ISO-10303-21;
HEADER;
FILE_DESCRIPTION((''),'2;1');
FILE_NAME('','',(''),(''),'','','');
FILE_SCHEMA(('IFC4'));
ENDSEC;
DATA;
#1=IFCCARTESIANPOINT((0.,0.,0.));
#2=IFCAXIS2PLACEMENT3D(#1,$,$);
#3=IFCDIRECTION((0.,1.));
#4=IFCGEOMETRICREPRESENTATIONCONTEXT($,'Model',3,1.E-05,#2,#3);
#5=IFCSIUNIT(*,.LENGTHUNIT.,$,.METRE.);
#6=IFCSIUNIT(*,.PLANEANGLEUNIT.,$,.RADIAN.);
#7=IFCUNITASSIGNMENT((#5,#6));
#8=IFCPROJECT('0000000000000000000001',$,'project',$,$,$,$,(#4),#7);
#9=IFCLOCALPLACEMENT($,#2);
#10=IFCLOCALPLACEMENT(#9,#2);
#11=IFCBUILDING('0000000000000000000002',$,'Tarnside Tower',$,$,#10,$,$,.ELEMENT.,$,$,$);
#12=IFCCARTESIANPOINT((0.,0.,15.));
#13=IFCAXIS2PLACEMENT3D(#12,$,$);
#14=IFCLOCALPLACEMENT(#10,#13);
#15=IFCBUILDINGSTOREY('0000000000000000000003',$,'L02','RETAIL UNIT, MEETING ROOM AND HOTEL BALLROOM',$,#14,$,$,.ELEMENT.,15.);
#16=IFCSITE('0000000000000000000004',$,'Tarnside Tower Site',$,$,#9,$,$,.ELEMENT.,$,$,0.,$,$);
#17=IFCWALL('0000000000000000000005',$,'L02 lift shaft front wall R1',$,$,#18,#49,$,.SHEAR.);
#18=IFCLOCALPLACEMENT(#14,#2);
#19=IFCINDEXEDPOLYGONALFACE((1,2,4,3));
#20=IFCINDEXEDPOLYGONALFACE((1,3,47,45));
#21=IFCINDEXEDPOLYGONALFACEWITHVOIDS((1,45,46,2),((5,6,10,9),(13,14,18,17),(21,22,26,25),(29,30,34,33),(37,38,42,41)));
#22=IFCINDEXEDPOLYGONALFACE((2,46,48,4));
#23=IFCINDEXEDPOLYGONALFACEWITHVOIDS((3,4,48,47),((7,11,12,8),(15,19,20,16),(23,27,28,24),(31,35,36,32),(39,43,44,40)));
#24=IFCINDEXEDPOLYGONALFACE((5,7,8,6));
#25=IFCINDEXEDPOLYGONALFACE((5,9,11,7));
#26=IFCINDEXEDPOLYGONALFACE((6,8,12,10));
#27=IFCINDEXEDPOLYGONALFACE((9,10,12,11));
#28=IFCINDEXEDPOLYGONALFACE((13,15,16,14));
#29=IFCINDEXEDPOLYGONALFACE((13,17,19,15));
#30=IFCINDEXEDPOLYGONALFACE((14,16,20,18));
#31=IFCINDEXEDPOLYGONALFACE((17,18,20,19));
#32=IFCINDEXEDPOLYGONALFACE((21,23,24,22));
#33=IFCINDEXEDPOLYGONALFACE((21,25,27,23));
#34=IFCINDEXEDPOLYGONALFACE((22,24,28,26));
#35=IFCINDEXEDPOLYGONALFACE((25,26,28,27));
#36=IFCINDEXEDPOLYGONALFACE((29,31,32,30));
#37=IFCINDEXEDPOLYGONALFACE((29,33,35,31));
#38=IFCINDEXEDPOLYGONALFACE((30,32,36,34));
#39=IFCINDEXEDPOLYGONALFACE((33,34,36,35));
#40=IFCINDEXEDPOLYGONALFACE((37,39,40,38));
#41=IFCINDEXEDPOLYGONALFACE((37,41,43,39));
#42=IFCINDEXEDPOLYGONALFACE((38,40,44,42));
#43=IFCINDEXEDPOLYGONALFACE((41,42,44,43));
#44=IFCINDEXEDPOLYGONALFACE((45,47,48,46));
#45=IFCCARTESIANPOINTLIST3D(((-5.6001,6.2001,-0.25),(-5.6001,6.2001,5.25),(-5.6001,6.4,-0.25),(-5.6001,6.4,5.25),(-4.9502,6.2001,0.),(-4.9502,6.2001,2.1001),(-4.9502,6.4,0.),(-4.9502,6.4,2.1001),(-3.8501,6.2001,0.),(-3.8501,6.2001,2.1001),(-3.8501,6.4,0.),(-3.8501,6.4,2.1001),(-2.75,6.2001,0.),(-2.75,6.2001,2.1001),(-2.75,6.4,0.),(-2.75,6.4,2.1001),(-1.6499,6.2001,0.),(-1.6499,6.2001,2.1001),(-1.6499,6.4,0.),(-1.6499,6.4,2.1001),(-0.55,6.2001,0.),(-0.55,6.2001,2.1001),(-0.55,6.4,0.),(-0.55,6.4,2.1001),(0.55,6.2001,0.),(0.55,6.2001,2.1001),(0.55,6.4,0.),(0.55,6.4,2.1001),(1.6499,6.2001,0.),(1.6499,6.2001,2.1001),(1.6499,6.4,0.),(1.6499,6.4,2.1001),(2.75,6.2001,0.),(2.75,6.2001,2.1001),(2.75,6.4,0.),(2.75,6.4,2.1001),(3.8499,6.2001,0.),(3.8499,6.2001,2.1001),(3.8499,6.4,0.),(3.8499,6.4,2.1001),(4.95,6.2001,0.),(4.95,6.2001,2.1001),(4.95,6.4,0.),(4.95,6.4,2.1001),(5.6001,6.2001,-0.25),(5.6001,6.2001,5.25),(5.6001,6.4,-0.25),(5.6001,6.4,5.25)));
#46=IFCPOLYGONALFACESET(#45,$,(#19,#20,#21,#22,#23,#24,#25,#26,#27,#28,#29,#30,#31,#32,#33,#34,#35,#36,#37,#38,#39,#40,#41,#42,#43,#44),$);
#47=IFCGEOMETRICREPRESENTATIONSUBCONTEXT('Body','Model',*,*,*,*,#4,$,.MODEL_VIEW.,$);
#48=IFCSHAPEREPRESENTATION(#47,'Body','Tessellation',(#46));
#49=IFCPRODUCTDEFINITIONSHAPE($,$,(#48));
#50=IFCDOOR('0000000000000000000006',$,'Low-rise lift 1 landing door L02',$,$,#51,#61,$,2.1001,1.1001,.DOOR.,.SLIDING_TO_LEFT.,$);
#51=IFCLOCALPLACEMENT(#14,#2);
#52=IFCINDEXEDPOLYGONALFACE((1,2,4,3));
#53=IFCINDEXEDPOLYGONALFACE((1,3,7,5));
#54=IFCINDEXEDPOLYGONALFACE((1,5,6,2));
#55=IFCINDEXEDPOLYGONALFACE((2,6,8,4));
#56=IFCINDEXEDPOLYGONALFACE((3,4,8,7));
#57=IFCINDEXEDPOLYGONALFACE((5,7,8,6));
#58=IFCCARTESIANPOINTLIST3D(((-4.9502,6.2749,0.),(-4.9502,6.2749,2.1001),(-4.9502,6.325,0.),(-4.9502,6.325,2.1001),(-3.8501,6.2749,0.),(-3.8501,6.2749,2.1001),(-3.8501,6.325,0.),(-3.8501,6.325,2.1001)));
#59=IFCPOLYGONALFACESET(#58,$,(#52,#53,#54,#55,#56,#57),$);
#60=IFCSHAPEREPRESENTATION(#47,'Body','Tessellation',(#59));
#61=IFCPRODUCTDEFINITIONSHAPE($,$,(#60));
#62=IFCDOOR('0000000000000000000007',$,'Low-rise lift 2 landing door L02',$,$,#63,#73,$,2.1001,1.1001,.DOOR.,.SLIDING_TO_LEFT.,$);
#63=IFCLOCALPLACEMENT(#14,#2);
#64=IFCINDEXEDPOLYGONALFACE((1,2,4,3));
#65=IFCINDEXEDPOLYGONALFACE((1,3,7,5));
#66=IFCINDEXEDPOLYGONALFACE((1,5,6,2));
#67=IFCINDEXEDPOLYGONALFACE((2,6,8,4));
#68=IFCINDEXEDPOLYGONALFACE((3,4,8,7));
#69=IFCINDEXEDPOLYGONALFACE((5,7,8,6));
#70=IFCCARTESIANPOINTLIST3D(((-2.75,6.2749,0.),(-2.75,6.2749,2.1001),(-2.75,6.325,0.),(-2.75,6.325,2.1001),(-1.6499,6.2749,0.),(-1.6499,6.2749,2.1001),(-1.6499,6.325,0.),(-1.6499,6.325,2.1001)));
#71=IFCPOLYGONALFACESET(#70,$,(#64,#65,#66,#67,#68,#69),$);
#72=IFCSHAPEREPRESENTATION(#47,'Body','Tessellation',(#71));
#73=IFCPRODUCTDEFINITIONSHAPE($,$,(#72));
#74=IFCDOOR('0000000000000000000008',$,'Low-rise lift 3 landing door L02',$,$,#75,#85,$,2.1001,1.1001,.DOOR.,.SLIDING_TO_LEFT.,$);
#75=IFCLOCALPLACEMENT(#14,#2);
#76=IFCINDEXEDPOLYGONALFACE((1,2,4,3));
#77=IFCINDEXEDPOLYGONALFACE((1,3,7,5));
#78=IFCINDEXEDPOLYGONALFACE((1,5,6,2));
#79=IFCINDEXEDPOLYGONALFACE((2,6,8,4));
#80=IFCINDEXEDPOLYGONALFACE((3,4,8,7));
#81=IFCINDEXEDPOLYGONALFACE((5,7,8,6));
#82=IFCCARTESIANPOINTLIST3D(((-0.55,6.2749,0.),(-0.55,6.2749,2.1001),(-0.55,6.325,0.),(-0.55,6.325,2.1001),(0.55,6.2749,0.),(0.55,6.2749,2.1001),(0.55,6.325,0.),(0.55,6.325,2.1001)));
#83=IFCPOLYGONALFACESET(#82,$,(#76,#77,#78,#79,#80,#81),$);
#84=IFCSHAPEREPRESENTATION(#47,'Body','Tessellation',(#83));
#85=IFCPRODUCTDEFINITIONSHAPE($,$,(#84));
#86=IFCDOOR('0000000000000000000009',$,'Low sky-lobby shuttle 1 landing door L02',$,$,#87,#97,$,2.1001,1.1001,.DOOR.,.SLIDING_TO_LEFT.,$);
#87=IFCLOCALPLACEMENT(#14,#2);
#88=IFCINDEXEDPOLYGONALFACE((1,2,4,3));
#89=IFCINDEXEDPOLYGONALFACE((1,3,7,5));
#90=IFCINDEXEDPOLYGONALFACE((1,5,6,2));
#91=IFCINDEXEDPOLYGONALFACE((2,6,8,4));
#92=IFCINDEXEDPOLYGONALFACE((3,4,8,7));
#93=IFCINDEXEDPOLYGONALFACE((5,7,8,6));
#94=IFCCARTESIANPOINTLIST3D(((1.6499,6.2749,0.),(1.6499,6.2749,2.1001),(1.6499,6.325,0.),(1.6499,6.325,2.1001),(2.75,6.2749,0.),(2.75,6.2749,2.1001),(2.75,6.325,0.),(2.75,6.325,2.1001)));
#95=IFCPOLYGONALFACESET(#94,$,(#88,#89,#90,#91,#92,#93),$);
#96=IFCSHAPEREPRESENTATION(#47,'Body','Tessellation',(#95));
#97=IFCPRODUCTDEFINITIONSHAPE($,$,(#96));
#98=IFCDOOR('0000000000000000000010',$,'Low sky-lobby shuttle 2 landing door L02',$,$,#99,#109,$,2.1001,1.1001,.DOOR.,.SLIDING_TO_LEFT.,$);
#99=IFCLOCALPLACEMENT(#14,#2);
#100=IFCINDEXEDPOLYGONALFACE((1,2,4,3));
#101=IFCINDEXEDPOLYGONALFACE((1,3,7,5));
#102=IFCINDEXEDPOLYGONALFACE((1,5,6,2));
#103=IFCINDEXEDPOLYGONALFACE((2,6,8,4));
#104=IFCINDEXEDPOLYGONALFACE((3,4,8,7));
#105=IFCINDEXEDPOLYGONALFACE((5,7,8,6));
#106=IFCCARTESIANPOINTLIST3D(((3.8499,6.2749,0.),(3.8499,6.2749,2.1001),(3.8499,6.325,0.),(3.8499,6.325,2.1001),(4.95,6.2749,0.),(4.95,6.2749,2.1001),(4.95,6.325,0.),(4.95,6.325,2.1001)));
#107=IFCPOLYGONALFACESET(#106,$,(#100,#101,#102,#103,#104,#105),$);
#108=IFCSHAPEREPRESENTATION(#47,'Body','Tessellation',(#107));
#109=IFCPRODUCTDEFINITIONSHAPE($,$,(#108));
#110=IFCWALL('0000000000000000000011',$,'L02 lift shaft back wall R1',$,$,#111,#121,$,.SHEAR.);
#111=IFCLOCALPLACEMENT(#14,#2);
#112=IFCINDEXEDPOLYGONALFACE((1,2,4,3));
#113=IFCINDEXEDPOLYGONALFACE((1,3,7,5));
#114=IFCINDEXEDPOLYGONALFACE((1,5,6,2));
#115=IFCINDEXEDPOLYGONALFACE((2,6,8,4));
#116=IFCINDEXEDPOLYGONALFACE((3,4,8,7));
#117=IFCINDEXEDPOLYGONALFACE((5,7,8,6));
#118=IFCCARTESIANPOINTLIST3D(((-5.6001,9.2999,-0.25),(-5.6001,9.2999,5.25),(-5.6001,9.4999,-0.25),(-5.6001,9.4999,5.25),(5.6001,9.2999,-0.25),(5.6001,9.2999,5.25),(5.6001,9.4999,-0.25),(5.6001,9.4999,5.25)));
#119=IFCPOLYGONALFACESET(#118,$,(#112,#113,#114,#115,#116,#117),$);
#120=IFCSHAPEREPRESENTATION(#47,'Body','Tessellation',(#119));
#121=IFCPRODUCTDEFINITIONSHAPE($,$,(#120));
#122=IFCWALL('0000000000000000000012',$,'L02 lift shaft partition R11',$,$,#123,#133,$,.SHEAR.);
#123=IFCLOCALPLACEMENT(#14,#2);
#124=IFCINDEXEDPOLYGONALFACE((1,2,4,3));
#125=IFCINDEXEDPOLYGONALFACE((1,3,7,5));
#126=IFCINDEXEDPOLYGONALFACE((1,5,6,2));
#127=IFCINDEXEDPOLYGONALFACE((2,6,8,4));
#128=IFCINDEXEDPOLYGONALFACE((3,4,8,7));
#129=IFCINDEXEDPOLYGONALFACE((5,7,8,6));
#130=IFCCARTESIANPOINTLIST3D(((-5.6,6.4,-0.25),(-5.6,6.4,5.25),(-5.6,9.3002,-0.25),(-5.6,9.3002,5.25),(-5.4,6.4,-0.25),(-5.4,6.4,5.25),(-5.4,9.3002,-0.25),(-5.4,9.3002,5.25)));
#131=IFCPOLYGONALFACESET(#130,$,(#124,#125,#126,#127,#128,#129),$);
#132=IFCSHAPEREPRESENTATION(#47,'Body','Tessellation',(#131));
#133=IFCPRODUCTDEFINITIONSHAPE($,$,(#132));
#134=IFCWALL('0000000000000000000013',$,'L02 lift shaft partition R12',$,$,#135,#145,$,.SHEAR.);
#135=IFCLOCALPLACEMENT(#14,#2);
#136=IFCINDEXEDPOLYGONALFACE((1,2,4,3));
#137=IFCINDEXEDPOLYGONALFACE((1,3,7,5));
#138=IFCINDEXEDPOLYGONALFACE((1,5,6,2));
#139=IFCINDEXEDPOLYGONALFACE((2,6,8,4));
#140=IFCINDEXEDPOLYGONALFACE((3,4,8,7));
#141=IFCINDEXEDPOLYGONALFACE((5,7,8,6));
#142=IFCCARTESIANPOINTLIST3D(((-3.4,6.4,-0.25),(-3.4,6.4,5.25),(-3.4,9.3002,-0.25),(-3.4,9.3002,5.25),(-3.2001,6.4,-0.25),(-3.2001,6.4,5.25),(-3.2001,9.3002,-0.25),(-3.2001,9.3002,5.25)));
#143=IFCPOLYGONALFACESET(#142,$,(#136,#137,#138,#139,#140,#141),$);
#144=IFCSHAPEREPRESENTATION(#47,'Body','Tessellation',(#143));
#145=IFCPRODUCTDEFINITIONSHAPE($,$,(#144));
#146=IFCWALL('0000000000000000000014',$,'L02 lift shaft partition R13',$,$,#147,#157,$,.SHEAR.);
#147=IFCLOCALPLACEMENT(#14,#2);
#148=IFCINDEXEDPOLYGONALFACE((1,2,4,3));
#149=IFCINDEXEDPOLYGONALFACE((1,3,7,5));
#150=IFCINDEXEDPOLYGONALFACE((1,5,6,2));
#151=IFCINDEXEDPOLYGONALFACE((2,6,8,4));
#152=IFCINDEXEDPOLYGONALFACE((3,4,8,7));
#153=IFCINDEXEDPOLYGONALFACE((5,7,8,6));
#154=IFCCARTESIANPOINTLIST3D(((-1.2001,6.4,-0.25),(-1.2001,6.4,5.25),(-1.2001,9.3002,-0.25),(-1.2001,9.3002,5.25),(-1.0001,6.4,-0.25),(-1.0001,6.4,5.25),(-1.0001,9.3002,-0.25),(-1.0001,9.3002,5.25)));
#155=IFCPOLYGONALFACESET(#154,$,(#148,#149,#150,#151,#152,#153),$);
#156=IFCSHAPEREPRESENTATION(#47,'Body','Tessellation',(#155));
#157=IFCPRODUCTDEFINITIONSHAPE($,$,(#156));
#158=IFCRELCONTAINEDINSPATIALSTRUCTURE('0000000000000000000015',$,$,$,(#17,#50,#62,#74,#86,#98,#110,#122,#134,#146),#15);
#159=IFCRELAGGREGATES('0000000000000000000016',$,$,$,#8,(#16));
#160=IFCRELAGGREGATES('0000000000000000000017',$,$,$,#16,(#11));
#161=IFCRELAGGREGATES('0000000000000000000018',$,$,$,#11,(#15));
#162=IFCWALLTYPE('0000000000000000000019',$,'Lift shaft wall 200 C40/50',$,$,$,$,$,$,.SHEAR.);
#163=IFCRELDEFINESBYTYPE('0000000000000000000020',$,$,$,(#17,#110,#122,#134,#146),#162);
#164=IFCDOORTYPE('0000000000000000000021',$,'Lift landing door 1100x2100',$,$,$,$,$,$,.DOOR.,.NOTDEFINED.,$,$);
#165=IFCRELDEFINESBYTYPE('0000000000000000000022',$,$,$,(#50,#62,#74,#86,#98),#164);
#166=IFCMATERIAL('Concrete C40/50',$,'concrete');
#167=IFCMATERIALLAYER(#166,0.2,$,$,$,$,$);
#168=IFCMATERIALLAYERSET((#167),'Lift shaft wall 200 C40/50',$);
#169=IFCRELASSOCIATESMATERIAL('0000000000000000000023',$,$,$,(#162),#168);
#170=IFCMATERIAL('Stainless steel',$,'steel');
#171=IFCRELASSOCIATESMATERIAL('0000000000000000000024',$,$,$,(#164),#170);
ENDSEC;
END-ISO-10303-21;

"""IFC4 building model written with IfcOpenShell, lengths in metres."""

from ifc_helpers import new_model, si_unit, direction, frame, frame_2d, origin, place, context, subcontext, project, spatial, rectangle, extrude, material, layer, layer_set, type_object, element, fill, save


model = new_model("IFC4")

# Units and contexts
model_context = context("Model", 3, precision=1e-05, world=origin(), true_north=direction((0.0, 1.0)))
body_context = subcontext(model_context, "Body", "Model", "MODEL_VIEW")
ifc_project = project(units=[si_unit("LENGTHUNIT", "METRE"), si_unit("PLANEANGLEUNIT", "RADIAN")], contexts=[model_context])

# Site, building, storey
site_placement = place(None, origin())
site = spatial("IfcSite", under=ifc_project, at=site_placement, Name="Tarnside Tower Site", CompositionType="ELEMENT", RefElevation=0.0)
building_placement = place(site_placement, origin())
building = spatial("IfcBuilding", under=site, at=building_placement, Name="Tarnside Tower", CompositionType="ELEMENT")
storey_placement = place(building_placement, frame((0.0, 0.0, 15.0)))
storey = spatial("IfcBuildingStorey", under=building, at=storey_placement, Name="L02", Description="RETAIL UNIT, MEETING ROOM AND HOTEL BALLROOM", CompositionType="ELEMENT", Elevation=15.0)

# Shared definitions
ifc_material_1 = material(Name="Concrete C40/50", Category="concrete")

# Wall, openings, doors
ifc_layer_1 = layer(ifc_material_1, 0.2)
ifc_layer_set_1 = layer_set([ifc_layer_1], Name="Lift shaft wall 200 C40/50")
wall_type_1 = type_object("IfcWallType", Name="Lift shaft wall 200 C40/50", PredefinedType="SHEAR", material=ifc_layer_set_1)
wall_1_placement = place(storey_placement, frame((-5.6001, 6.3, -0.25), z_axis=(0.0, 0.0, 1.0), x_axis=(1.0, 0.0, 0.0)))
wall_1 = element("IfcWall", 1, at=wall_1_placement, inside=storey, type_object=wall_type_1, Name="L02 lift shaft front wall R1", PredefinedType="SHEAR", context=body_context, shape_type="SweptSolid", body=[
    extrude(rectangle(XDim=11.2002, YDim=0.2, at=frame_2d((5.6001, 0.0))), origin(), (0.0, 0.0, 1.0), 5.5),
])
opening_1_placement = place(wall_1_placement, frame((0.6499, 0.0, 0.25)))
opening_1 = element("IfcOpeningElement", 2, at=opening_1_placement, cuts=wall_1, PredefinedType="OPENING", context=body_context, shape_type="SweptSolid", body=[
    extrude(rectangle(XDim=1.1001, YDim=2.1001, at=frame_2d((0.55, 1.05))), frame((0.0, 0.1099, 0.0), z_axis=(0.0, -1.0, 0.0), x_axis=(1.0, 0.0, 0.0)), (0.0, 0.0, 1.0), 0.22),
])
opening_2_placement = place(wall_1_placement, frame((2.8501, 0.0, 0.25)))
opening_2 = element("IfcOpeningElement", 3, at=opening_2_placement, cuts=wall_1, PredefinedType="OPENING", context=body_context, shape_type="SweptSolid", body=[
    extrude(rectangle(XDim=1.1001, YDim=2.1001, at=frame_2d((0.55, 1.05))), frame((0.0, 0.1099, 0.0), z_axis=(0.0, -1.0, 0.0), x_axis=(1.0, 0.0, 0.0)), (0.0, 0.0, 1.0), 0.22),
])
opening_3_placement = place(wall_1_placement, frame((5.05, 0.0, 0.25)))
opening_3 = element("IfcOpeningElement", 4, at=opening_3_placement, cuts=wall_1, PredefinedType="OPENING", context=body_context, shape_type="SweptSolid", body=[
    extrude(rectangle(XDim=1.1001, YDim=2.1001, at=frame_2d((0.55, 1.05))), frame((0.0, 0.1099, 0.0), z_axis=(0.0, -1.0, 0.0), x_axis=(1.0, 0.0, 0.0)), (0.0, 0.0, 1.0), 0.22),
])
opening_4_placement = place(wall_1_placement, frame((7.25, 0.0, 0.25)))
opening_4 = element("IfcOpeningElement", 5, at=opening_4_placement, cuts=wall_1, PredefinedType="OPENING", context=body_context, shape_type="SweptSolid", body=[
    extrude(rectangle(XDim=1.1001, YDim=2.1001, at=frame_2d((0.55, 1.05))), frame((0.0, 0.1099, 0.0), z_axis=(0.0, -1.0, 0.0), x_axis=(1.0, 0.0, 0.0)), (0.0, 0.0, 1.0), 0.22),
])
opening_5_placement = place(wall_1_placement, frame((9.45, 0.0, 0.25)))
opening_5 = element("IfcOpeningElement", 6, at=opening_5_placement, cuts=wall_1, PredefinedType="OPENING", context=body_context, shape_type="SweptSolid", body=[
    extrude(rectangle(XDim=1.1001, YDim=2.1001, at=frame_2d((0.55, 1.05))), frame((0.0, 0.1099, 0.0), z_axis=(0.0, -1.0, 0.0), x_axis=(1.0, 0.0, 0.0)), (0.0, 0.0, 1.0), 0.22),
])
ifc_material_2 = material(Name="Stainless steel", Category="steel")
door_type_1 = type_object("IfcDoorType", Name="Lift landing door 1100x2100", OperationType="NOTDEFINED", PredefinedType="DOOR", material=ifc_material_2)
door_1_placement = place(opening_1_placement, origin())
door_1 = element("IfcDoor", 7, at=door_1_placement, inside=storey, type_object=door_type_1, Name="Low-rise lift 1 landing door L02", OperationType="SLIDING_TO_LEFT", OverallHeight=2.1001, OverallWidth=1.1001, PredefinedType="DOOR", context=body_context, shape_type="SweptSolid", body=[
    extrude(rectangle(XDim=1.1001, YDim=2.1001, at=frame_2d((0.55, 1.05))), frame((0.0, 0.0249, 0.0), z_axis=(0.0, -1.0, 0.0), x_axis=(1.0, 0.0, 0.0)), (0.0, 0.0, 1.0), 0.05),
])
fill(opening_1, door_1)
door_2_placement = place(opening_2_placement, origin())
door_2 = element("IfcDoor", 8, at=door_2_placement, inside=storey, type_object=door_type_1, Name="Low-rise lift 2 landing door L02", OperationType="SLIDING_TO_LEFT", OverallHeight=2.1001, OverallWidth=1.1001, PredefinedType="DOOR", context=body_context, shape_type="SweptSolid", body=[
    extrude(rectangle(XDim=1.1001, YDim=2.1001, at=frame_2d((0.55, 1.05))), frame((0.0, 0.0249, 0.0), z_axis=(0.0, -1.0, 0.0), x_axis=(1.0, 0.0, 0.0)), (0.0, 0.0, 1.0), 0.05),
])
fill(opening_2, door_2)
door_3_placement = place(opening_3_placement, origin())
door_3 = element("IfcDoor", 9, at=door_3_placement, inside=storey, type_object=door_type_1, Name="Low-rise lift 3 landing door L02", OperationType="SLIDING_TO_LEFT", OverallHeight=2.1001, OverallWidth=1.1001, PredefinedType="DOOR", context=body_context, shape_type="SweptSolid", body=[
    extrude(rectangle(XDim=1.1001, YDim=2.1001, at=frame_2d((0.55, 1.05))), frame((0.0, 0.0249, 0.0), z_axis=(0.0, -1.0, 0.0), x_axis=(1.0, 0.0, 0.0)), (0.0, 0.0, 1.0), 0.05),
])
fill(opening_3, door_3)
door_4_placement = place(opening_4_placement, origin())
door_4 = element("IfcDoor", 10, at=door_4_placement, inside=storey, type_object=door_type_1, Name="Low sky-lobby shuttle 1 landing door L02", OperationType="SLIDING_TO_LEFT", OverallHeight=2.1001, OverallWidth=1.1001, PredefinedType="DOOR", context=body_context, shape_type="SweptSolid", body=[
    extrude(rectangle(XDim=1.1001, YDim=2.1001, at=frame_2d((0.55, 1.05))), frame((0.0, 0.0249, 0.0), z_axis=(0.0, -1.0, 0.0), x_axis=(1.0, 0.0, 0.0)), (0.0, 0.0, 1.0), 0.05),
])
fill(opening_4, door_4)
door_5_placement = place(opening_5_placement, origin())
door_5 = element("IfcDoor", 11, at=door_5_placement, inside=storey, type_object=door_type_1, Name="Low sky-lobby shuttle 2 landing door L02", OperationType="SLIDING_TO_LEFT", OverallHeight=2.1001, OverallWidth=1.1001, PredefinedType="DOOR", context=body_context, shape_type="SweptSolid", body=[
    extrude(rectangle(XDim=1.1001, YDim=2.1001, at=frame_2d((0.55, 1.05))), frame((0.0, 0.0249, 0.0), z_axis=(0.0, -1.0, 0.0), x_axis=(1.0, 0.0, 0.0)), (0.0, 0.0, 1.0), 0.05),
])
fill(opening_5, door_5)

# Walls
wall_2_placement = place(storey_placement, frame((-5.6001, 9.3999, -0.25), z_axis=(0.0, 0.0, 1.0), x_axis=(1.0, 0.0, 0.0)))
element("IfcWall", 12, at=wall_2_placement, inside=storey, type_object=wall_type_1, Name="L02 lift shaft back wall R1", PredefinedType="SHEAR", context=body_context, shape_type="SweptSolid", body=[
    extrude(rectangle(XDim=11.2002, YDim=0.2, at=frame_2d((5.6001, 0.0))), origin(), (0.0, 0.0, 1.0), 5.5),
])
for number, where, z_axis, x_axis, name in (
    (13, (-5.5, 6.3999, -0.25), (0.0, 0.0, 1.0), (0.0, 1.0, 0.0), "L02 lift shaft partition R11"),
    (14, (-3.3, 6.3999, -0.25), (0.0, 0.0, 1.0), (0.0, 1.0, 0.0), "L02 lift shaft partition R12"),
    (15, (-1.1001, 6.3999, -0.25), (0.0, 0.0, 1.0), (0.0, 1.0, 0.0), "L02 lift shaft partition R13"),
):
    element("IfcWall", number, at=place(storey_placement, frame(where, z_axis=z_axis, x_axis=x_axis)), inside=storey, type_object=wall_type_1, Name=name, PredefinedType="SHEAR", context=body_context, shape_type="SweptSolid", body=[
        extrude(rectangle(XDim=2.9001, YDim=0.2, at=frame_2d((1.4502, 0.0))), origin(), (0.0, 0.0, 1.0), 5.5),
    ])

save(model, "model.ifc")
